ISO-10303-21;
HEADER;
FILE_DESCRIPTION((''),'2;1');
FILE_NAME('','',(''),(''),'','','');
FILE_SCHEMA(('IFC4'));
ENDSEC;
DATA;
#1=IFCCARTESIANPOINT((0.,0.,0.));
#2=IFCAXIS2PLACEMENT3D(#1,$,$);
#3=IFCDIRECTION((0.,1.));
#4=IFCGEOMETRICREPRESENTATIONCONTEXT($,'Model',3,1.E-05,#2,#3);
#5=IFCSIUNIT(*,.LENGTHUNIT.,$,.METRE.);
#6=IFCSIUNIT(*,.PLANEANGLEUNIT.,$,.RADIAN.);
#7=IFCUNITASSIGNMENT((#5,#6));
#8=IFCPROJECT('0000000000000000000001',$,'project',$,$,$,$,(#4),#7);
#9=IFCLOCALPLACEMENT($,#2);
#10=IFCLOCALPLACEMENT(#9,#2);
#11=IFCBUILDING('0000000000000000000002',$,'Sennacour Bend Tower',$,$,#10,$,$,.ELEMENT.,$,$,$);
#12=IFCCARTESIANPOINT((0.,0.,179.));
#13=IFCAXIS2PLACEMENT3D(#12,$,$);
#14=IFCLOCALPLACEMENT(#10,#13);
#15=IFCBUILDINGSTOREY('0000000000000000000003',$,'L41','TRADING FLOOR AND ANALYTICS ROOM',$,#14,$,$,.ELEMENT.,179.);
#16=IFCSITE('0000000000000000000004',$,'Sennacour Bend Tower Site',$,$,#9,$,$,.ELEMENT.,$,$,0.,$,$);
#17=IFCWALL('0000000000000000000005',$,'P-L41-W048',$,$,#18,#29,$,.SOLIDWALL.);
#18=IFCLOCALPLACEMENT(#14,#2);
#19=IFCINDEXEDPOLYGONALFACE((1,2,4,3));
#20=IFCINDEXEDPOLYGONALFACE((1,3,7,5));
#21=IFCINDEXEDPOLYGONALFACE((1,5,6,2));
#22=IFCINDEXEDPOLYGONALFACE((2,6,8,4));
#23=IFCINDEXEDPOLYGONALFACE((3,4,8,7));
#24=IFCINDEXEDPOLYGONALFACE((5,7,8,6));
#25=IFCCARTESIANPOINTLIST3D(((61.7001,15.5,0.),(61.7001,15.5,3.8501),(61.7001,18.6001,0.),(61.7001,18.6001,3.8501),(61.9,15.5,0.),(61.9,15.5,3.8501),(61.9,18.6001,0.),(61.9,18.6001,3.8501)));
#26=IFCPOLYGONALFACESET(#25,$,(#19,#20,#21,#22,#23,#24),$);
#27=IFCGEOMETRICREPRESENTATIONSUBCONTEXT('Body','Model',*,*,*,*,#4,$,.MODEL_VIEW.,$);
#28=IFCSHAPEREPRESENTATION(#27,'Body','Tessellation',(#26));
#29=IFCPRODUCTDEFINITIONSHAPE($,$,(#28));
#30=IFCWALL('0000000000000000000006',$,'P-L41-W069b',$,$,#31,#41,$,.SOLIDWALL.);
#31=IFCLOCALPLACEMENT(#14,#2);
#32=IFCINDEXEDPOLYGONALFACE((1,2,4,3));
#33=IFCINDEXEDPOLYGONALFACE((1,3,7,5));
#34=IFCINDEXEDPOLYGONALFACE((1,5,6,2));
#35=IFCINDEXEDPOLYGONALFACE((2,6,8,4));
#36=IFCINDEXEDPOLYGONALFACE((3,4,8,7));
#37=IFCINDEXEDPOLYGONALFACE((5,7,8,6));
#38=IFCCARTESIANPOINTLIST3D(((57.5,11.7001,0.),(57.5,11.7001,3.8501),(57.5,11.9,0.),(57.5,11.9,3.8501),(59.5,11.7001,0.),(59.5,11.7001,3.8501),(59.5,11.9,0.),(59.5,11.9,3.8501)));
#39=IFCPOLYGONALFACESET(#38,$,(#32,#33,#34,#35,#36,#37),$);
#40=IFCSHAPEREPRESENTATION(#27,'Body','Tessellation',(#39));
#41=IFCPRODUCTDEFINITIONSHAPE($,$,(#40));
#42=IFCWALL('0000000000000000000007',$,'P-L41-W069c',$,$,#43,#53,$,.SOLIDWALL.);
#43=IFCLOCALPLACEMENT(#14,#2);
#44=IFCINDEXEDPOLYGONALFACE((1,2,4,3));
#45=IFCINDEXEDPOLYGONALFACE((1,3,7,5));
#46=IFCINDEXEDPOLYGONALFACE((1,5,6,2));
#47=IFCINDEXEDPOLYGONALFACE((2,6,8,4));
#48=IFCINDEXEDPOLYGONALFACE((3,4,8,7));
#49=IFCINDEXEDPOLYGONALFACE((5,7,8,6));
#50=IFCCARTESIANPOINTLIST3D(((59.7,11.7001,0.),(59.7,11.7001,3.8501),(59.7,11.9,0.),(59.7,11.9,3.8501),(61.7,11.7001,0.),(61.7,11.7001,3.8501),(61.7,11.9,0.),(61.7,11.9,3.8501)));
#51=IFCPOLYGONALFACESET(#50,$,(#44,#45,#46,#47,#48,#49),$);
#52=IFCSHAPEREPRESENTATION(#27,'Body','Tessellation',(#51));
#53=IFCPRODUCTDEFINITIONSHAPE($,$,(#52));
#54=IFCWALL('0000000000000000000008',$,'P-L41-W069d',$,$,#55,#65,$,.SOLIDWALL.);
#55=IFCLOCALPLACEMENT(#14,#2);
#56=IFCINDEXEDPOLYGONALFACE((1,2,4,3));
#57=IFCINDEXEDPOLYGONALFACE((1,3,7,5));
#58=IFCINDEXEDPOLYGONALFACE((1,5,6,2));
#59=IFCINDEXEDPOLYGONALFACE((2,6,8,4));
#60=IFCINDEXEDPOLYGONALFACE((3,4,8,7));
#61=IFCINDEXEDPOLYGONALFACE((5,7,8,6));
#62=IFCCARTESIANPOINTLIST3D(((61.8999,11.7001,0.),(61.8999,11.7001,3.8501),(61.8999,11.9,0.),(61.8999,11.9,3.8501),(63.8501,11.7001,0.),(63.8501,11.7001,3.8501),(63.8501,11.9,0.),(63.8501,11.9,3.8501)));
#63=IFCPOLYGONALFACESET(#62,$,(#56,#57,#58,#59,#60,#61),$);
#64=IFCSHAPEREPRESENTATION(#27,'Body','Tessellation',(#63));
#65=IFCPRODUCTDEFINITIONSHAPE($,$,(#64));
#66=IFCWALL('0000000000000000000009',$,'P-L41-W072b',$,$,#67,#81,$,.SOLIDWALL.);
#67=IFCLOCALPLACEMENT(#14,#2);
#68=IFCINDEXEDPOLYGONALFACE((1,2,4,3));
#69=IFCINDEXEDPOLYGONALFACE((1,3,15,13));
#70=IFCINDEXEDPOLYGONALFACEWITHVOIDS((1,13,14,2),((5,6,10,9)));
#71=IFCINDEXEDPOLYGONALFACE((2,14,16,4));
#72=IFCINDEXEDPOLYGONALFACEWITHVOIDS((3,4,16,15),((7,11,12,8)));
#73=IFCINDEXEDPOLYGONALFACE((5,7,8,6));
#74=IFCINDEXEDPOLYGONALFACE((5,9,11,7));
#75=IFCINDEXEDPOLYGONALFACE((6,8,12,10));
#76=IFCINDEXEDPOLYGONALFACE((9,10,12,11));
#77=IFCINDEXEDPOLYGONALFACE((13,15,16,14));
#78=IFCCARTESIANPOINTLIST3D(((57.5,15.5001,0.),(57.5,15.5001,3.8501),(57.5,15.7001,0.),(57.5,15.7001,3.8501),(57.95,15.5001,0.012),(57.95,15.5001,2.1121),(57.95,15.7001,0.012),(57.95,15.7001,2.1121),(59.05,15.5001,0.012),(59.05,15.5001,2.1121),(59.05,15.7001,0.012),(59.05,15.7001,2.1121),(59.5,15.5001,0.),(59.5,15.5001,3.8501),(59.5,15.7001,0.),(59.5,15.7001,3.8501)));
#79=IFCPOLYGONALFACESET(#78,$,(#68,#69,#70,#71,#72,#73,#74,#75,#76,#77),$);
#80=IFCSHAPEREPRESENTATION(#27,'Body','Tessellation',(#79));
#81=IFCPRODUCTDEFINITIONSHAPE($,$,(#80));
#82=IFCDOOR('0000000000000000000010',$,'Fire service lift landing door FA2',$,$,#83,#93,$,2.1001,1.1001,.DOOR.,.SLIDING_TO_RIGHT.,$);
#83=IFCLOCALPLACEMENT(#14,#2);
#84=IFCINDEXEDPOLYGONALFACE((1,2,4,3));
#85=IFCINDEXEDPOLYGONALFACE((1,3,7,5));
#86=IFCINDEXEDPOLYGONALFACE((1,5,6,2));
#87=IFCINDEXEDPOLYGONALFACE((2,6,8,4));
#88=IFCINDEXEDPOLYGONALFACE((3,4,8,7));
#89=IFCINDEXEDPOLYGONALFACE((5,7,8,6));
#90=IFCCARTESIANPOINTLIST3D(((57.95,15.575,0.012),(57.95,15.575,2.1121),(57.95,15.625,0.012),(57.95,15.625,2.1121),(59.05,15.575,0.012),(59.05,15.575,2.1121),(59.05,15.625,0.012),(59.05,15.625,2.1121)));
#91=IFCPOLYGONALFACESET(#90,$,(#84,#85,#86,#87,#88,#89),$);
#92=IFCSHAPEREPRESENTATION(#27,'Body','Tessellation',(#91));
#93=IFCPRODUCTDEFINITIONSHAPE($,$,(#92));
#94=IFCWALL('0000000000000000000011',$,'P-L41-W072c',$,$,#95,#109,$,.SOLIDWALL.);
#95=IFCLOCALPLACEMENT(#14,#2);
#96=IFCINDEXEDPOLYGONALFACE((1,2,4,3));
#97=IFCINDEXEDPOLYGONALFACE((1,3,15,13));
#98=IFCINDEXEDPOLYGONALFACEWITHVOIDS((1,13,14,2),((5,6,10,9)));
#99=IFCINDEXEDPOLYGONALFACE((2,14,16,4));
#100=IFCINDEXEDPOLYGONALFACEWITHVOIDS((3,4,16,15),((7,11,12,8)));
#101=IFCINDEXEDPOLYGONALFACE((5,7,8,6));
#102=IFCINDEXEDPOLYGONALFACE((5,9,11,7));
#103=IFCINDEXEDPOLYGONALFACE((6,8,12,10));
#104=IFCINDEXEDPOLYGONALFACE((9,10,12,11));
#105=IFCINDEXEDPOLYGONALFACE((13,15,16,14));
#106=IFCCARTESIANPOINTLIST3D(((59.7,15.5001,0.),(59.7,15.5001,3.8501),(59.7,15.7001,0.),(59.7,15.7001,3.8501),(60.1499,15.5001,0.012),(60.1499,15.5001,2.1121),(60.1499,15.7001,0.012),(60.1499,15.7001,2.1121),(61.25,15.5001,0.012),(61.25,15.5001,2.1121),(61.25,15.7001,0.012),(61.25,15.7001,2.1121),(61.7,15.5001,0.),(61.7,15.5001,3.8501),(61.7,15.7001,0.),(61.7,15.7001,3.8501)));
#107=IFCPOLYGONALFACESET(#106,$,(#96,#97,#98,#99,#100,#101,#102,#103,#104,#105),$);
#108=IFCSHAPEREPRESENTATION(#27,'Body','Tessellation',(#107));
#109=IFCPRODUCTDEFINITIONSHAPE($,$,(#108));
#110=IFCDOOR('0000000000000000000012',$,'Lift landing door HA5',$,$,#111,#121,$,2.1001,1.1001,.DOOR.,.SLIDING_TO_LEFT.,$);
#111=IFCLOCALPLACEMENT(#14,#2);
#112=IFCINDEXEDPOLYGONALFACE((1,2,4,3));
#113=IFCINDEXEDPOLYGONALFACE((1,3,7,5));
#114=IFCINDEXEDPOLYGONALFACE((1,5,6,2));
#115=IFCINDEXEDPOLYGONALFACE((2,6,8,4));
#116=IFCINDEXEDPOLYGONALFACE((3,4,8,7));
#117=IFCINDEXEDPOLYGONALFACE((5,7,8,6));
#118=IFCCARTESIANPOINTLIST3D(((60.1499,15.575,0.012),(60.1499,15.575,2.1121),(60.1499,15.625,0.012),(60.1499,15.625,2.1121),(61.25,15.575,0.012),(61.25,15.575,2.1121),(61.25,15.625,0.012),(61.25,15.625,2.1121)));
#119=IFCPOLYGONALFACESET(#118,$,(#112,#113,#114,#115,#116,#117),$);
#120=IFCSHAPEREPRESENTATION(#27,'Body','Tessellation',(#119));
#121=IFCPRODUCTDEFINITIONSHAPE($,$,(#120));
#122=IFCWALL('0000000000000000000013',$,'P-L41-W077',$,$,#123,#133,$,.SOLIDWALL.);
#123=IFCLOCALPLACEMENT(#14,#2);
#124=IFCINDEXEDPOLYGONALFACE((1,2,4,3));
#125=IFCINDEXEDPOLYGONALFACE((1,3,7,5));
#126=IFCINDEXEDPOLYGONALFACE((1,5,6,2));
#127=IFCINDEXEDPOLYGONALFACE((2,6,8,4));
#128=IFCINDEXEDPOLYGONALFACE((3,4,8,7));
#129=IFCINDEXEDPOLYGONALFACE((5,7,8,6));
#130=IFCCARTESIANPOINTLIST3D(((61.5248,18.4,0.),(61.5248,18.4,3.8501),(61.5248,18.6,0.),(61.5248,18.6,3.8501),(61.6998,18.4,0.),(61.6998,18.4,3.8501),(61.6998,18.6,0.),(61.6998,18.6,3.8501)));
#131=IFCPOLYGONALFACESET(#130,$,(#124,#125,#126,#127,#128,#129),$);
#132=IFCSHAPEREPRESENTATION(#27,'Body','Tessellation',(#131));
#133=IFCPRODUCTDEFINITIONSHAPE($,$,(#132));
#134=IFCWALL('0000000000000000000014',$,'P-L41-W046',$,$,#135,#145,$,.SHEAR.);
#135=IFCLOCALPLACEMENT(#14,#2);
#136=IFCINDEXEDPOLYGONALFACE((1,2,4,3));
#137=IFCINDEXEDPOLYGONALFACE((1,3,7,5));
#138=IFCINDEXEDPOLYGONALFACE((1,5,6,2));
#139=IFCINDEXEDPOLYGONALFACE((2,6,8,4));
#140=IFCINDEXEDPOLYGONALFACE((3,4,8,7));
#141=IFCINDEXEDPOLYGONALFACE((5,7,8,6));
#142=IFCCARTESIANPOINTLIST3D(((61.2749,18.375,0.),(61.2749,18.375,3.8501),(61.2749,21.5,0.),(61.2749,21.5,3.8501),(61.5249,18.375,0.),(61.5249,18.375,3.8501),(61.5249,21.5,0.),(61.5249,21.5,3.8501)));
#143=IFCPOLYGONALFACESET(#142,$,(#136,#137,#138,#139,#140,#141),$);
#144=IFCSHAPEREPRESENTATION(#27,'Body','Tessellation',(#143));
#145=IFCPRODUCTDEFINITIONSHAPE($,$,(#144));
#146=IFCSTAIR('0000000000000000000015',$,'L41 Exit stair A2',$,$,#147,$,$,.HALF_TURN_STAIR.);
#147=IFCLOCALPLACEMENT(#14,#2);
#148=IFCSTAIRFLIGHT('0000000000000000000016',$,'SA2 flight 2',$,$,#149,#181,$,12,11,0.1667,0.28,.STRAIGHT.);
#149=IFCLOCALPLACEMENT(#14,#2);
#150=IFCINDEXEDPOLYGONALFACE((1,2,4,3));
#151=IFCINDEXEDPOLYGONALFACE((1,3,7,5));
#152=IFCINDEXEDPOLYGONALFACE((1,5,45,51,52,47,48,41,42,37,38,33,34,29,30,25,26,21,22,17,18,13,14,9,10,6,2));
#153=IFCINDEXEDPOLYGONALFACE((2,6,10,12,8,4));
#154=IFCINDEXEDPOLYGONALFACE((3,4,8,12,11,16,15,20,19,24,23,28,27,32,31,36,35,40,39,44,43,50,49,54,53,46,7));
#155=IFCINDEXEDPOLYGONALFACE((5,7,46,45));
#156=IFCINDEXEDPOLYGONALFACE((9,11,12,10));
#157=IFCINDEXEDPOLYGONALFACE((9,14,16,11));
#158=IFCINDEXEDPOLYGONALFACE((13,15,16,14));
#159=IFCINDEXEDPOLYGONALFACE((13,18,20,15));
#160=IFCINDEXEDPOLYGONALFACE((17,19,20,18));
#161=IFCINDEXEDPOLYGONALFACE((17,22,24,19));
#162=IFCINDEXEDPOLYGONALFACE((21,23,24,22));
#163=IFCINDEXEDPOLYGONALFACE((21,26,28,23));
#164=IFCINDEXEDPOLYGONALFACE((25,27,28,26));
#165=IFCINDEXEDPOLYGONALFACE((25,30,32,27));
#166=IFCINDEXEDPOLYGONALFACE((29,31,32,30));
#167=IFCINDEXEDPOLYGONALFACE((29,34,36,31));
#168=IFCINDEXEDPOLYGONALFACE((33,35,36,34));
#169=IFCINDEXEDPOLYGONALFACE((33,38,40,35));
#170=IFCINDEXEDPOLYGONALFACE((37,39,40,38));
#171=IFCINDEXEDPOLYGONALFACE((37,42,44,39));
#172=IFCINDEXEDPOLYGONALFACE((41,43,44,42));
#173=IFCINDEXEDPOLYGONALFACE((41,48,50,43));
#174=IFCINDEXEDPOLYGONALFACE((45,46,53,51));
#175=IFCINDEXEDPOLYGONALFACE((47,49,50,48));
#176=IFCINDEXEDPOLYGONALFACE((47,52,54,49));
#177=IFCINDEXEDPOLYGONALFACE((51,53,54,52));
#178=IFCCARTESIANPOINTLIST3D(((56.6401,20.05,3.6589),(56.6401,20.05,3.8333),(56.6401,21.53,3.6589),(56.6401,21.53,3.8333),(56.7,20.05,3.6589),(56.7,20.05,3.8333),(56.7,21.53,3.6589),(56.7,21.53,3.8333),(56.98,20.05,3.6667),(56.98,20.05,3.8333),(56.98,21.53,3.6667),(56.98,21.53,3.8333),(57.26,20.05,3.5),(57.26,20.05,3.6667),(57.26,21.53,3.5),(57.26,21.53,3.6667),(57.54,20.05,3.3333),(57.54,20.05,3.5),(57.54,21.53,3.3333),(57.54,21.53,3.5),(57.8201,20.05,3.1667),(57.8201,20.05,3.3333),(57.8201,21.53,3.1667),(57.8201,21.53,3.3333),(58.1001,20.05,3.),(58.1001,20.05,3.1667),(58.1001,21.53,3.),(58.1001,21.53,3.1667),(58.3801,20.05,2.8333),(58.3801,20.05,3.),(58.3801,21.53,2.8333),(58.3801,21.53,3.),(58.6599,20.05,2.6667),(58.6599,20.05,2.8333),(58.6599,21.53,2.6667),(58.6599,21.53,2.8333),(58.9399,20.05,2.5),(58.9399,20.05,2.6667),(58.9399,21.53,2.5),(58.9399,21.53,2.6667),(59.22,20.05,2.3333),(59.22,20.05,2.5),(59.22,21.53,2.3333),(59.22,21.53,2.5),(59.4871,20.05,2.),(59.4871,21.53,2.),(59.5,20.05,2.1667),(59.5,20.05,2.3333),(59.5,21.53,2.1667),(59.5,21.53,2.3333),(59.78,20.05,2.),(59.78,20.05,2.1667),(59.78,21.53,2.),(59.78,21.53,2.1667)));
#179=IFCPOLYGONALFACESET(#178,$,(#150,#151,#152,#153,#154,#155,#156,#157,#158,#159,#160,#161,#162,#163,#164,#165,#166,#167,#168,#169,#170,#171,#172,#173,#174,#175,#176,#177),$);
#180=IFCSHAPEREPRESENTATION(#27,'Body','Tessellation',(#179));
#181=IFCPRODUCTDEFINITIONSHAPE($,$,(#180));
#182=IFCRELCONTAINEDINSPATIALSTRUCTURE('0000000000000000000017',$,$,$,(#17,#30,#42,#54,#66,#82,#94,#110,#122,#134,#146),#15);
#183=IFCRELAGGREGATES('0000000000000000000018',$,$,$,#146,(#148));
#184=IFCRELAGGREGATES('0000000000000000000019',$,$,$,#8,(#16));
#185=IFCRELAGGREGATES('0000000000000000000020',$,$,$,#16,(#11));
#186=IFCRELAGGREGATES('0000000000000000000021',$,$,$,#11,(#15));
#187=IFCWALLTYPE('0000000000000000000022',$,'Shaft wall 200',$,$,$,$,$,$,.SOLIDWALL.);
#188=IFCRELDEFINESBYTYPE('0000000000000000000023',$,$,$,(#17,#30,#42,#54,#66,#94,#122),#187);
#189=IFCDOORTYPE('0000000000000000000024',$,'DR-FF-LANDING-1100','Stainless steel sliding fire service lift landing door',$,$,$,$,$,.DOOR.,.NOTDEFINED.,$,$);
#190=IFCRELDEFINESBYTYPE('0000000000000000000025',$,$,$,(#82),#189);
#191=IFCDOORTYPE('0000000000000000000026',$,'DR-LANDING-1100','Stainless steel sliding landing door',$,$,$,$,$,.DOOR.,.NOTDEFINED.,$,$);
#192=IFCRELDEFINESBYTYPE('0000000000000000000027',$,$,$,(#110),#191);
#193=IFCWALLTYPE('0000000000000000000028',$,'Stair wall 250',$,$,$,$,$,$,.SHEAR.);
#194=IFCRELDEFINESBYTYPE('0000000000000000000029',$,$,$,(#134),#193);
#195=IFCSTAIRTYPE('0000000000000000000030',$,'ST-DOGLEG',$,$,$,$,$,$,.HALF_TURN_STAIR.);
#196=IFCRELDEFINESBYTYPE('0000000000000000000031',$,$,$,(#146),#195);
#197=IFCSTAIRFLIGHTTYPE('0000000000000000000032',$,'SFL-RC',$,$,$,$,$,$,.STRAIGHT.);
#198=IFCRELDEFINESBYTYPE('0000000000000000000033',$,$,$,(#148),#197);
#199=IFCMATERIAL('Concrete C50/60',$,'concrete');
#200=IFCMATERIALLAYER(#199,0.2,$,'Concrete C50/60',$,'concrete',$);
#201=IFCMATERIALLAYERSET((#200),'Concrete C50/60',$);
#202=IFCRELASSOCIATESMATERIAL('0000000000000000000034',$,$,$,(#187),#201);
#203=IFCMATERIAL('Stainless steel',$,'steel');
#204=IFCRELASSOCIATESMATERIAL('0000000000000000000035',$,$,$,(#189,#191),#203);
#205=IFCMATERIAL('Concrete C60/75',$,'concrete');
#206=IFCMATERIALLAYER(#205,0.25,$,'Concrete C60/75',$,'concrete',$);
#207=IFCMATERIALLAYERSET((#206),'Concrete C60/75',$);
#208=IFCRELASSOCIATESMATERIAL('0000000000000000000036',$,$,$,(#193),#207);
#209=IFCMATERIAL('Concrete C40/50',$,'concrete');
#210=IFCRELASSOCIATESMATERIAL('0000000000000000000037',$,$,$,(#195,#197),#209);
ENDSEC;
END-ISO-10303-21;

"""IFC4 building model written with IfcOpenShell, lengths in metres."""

from ifc_helpers import new_model, si_unit, direction, frame, frame_2d, origin, place, context, subcontext, project, spatial, polyline, rectangle, outline, extrude, material, layer, layer_set, type_object, element, fill, aggregate, save


model = new_model("IFC4")

# Units and contexts
model_context = context("Model", 3, precision=1e-05, world=origin(), true_north=direction((0.0, 1.0)))
body_context = subcontext(model_context, "Body", "Model", "MODEL_VIEW")
ifc_project = project(units=[si_unit("LENGTHUNIT", "METRE"), si_unit("PLANEANGLEUNIT", "RADIAN")], contexts=[model_context])

# Site, building, storey
site_placement = place(None, origin())
site = spatial("IfcSite", under=ifc_project, at=site_placement, Name="Sennacour Bend Tower Site", CompositionType="ELEMENT", RefElevation=0.0)
building_placement = place(site_placement, origin())
building = spatial("IfcBuilding", under=site, at=building_placement, Name="Sennacour Bend Tower", CompositionType="ELEMENT")
storey_placement = place(building_placement, frame((0.0, 0.0, 179.0)))
storey = spatial("IfcBuildingStorey", under=building, at=storey_placement, Name="L41", Description="TRADING FLOOR AND ANALYTICS ROOM", CompositionType="ELEMENT", Elevation=179.0)

# Walls
ifc_material_1 = material(Name="Concrete C50/60", Category="concrete")
ifc_layer_1 = layer(ifc_material_1, 0.2, Name="Concrete C50/60", Category="concrete")
ifc_layer_set_1 = layer_set([ifc_layer_1], Name="Concrete C50/60")
wall_type_1 = type_object("IfcWallType", Name="Shaft wall 200", PredefinedType="SOLIDWALL", material=ifc_layer_set_1)
wall_1_placement = place(storey_placement, frame((61.8, 15.5, 0.0), z_axis=(0.0, 0.0, 1.0), x_axis=(0.0, 1.0, 0.0)))
element("IfcWall", 1, at=wall_1_placement, inside=storey, type_object=wall_type_1, Name="P-L41-W048", PredefinedType="SOLIDWALL", context=body_context, shape_type="SweptSolid", body=[
    extrude(rectangle(XDim=3.1001, YDim=0.2, at=frame_2d((1.55, 0.0))), origin(), (0.0, 0.0, 1.0), 3.8501),
])
for number, where, z_axis, x_axis, name in (
    (2, (57.5, 11.8, 0.0), (0.0, 0.0, 1.0), (1.0, 0.0, 0.0), "P-L41-W069b"),
    (3, (59.7, 11.8, 0.0), (0.0, 0.0, 1.0), (1.0, 0.0, 0.0), "P-L41-W069c"),
):
    element("IfcWall", number, at=place(storey_placement, frame(where, z_axis=z_axis, x_axis=x_axis)), inside=storey, type_object=wall_type_1, Name=name, PredefinedType="SOLIDWALL", context=body_context, shape_type="SweptSolid", body=[
        extrude(rectangle(XDim=2.0, YDim=0.2, at=frame_2d((1.0, 0.0))), origin(), (0.0, 0.0, 1.0), 3.8501),
    ])
wall_2_placement = place(storey_placement, frame((61.8999, 11.8, 0.0), z_axis=(0.0, 0.0, 1.0), x_axis=(1.0, 0.0, 0.0)))
element("IfcWall", 4, at=wall_2_placement, inside=storey, type_object=wall_type_1, Name="P-L41-W069d", PredefinedType="SOLIDWALL", context=body_context, shape_type="SweptSolid", body=[
    extrude(rectangle(XDim=1.9502, YDim=0.2, at=frame_2d((0.9751, 0.0))), origin(), (0.0, 0.0, 1.0), 3.8501),
])

# Walls, openings, doors
wall_3_placement = place(storey_placement, frame((57.5, 15.6001, 0.0), z_axis=(0.0, 0.0, 1.0), x_axis=(1.0, 0.0, 0.0)))
wall_3 = element("IfcWall", 5, at=wall_3_placement, inside=storey, type_object=wall_type_1, Name="P-L41-W072b", PredefinedType="SOLIDWALL", context=body_context, shape_type="SweptSolid", body=[
    extrude(rectangle(XDim=2.0, YDim=0.2, at=frame_2d((1.0, 0.0))), origin(), (0.0, 0.0, 1.0), 3.8501),
])
opening_1_placement = place(wall_3_placement, frame((0.45, 0.0, 0.012)))
opening_1 = element("IfcOpeningElement", 6, at=opening_1_placement, cuts=wall_3, PredefinedType="OPENING", context=body_context, shape_type="SweptSolid", body=[
    extrude(rectangle(XDim=1.1001, YDim=2.1001, at=frame_2d((0.55, 1.05))), frame((0.0, 0.1099, 0.0), z_axis=(0.0, -1.0, 0.0), x_axis=(1.0, 0.0, 0.0)), (0.0, 0.0, 1.0), 0.22),
])
ifc_material_2 = material(Name="Stainless steel", Category="steel")
door_type_1 = type_object("IfcDoorType", Name="DR-FF-LANDING-1100", Description="Stainless steel sliding fire service lift landing door", OperationType="NOTDEFINED", PredefinedType="DOOR", material=ifc_material_2)
door_1_placement = place(opening_1_placement, origin())
door_1 = element("IfcDoor", 7, at=door_1_placement, inside=storey, type_object=door_type_1, Name="Fire service lift landing door FA2", OperationType="SLIDING_TO_RIGHT", OverallHeight=2.1001, OverallWidth=1.1001, PredefinedType="DOOR", context=body_context, shape_type="SweptSolid", body=[
    extrude(rectangle(XDim=1.1001, YDim=2.1001, at=frame_2d((0.55, 1.05))), frame((0.0, 0.0249, 0.0), z_axis=(0.0, -1.0, 0.0), x_axis=(1.0, 0.0, 0.0)), (0.0, 0.0, 1.0), 0.05),
])
fill(opening_1, door_1)
wall_4_placement = place(storey_placement, frame((59.7, 15.6001, 0.0), z_axis=(0.0, 0.0, 1.0), x_axis=(1.0, 0.0, 0.0)))
wall_4 = element("IfcWall", 8, at=wall_4_placement, inside=storey, type_object=wall_type_1, Name="P-L41-W072c", PredefinedType="SOLIDWALL", context=body_context, shape_type="SweptSolid", body=[
    extrude(rectangle(XDim=2.0, YDim=0.2, at=frame_2d((1.0, 0.0))), origin(), (0.0, 0.0, 1.0), 3.8501),
])
opening_2_placement = place(wall_4_placement, frame((0.45, 0.0, 0.012)))
opening_2 = element("IfcOpeningElement", 9, at=opening_2_placement, cuts=wall_4, PredefinedType="OPENING", context=body_context, shape_type="SweptSolid", body=[
    extrude(rectangle(XDim=1.1001, YDim=2.1001, at=frame_2d((0.55, 1.05))), frame((0.0, 0.1099, 0.0), z_axis=(0.0, -1.0, 0.0), x_axis=(1.0, 0.0, 0.0)), (0.0, 0.0, 1.0), 0.22),
])
door_type_2 = type_object("IfcDoorType", Name="DR-LANDING-1100", Description="Stainless steel sliding landing door", OperationType="NOTDEFINED", PredefinedType="DOOR", material=ifc_material_2)
door_2_placement = place(opening_2_placement, origin())
door_2 = element("IfcDoor", 10, at=door_2_placement, inside=storey, type_object=door_type_2, Name="Lift landing door HA5", OperationType="SLIDING_TO_LEFT", OverallHeight=2.1001, OverallWidth=1.1001, PredefinedType="DOOR", context=body_context, shape_type="SweptSolid", body=[
    extrude(rectangle(XDim=1.1001, YDim=2.1001, at=frame_2d((0.55, 1.05))), frame((0.0, 0.0249, 0.0), z_axis=(0.0, -1.0, 0.0), x_axis=(1.0, 0.0, 0.0)), (0.0, 0.0, 1.0), 0.05),
])
fill(opening_2, door_2)

# Walls
wall_5_placement = place(storey_placement, frame((61.5249, 18.5, 0.0), z_axis=(0.0, 0.0, 1.0), x_axis=(1.0, 0.0, 0.0)))
element("IfcWall", 11, at=wall_5_placement, inside=storey, type_object=wall_type_1, Name="P-L41-W077", PredefinedType="SOLIDWALL", context=body_context, shape_type="SweptSolid", body=[
    extrude(rectangle(XDim=0.175, YDim=0.2, at=frame_2d((0.0874, 0.0))), origin(), (0.0, 0.0, 1.0), 3.8501),
])
ifc_material_3 = material(Name="Concrete C60/75", Category="concrete")
ifc_layer_2 = layer(ifc_material_3, 0.25, Name="Concrete C60/75", Category="concrete")
ifc_layer_set_2 = layer_set([ifc_layer_2], Name="Concrete C60/75")
wall_type_2 = type_object("IfcWallType", Name="Stair wall 250", PredefinedType="SHEAR", material=ifc_layer_set_2)
wall_6_placement = place(storey_placement, frame((61.3999, 18.375, 0.0), z_axis=(0.0, 0.0, 1.0), x_axis=(0.0, 1.0, 0.0)))
element("IfcWall", 12, at=wall_6_placement, inside=storey, type_object=wall_type_2, Name="P-L41-W046", PredefinedType="SHEAR", context=body_context, shape_type="SweptSolid", body=[
    extrude(rectangle(XDim=3.125, YDim=0.25, at=frame_2d((1.5625, 0.0))), origin(), (0.0, 0.0, 1.0), 3.8501),
])

# Stair, stair flight
ifc_material_4 = material(Name="Concrete C40/50", Category="concrete")
stair_type = type_object("IfcStairType", Name="ST-DOGLEG", PredefinedType="HALF_TURN_STAIR", material=ifc_material_4)
stair_placement = place(storey_placement, origin())
stair = element("IfcStair", 13, at=stair_placement, inside=storey, type_object=stair_type, Name="L41 Exit stair A2", PredefinedType="HALF_TURN_STAIR")
stair_flight_type = type_object("IfcStairFlightType", Name="SFL-RC", PredefinedType="STRAIGHT", material=ifc_material_4)
stair_flight_placement = place(storey_placement, frame((59.78, 20.79, 2.0), z_axis=(0.0, 0.0, 1.0), x_axis=(-1.0, 0.0, 0.0)))
stair_flight = element("IfcStairFlight", 14, at=stair_flight_placement, type_object=stair_flight_type, Name="SA2 flight 2", NumberOfRisers=12, NumberOfTreads=11, PredefinedType="STRAIGHT", RiserHeight=0.1667, TreadLength=0.28, context=body_context, shape_type="SweptSolid", body=[
    extrude(outline(polyline([(0.0, 0.0), (0.0, 0.1667), (0.28, 0.1667), (0.28, 0.3333), (0.5601, 0.3333), (0.5601, 0.5), (0.8401, 0.5), (0.8401, 0.6667), (1.1201, 0.6667), (1.1201, 0.8333), (1.3999, 0.8333), (1.3999, 1.0), (1.6799, 1.0), (1.6799, 1.1667), (1.96, 1.1667), (1.96, 1.3333), (2.24, 1.3333), (2.24, 1.5), (2.52, 1.5), (2.52, 1.6667), (2.8, 1.6667), (2.8, 1.8333), (3.0801, 1.8333), (3.1399, 1.8333), (3.1399, 1.6589), (3.0801, 1.6589), (0.293, 0.0), (0.0, 0.0)])), frame((0.0, 0.74, 0.0), z_axis=(0.0, -1.0, 0.0), x_axis=(1.0, 0.0, 0.0)), (0.0, 0.0, 1.0), 1.48),
])
aggregate(stair, [stair_flight])

save(model, "model.ifc")
